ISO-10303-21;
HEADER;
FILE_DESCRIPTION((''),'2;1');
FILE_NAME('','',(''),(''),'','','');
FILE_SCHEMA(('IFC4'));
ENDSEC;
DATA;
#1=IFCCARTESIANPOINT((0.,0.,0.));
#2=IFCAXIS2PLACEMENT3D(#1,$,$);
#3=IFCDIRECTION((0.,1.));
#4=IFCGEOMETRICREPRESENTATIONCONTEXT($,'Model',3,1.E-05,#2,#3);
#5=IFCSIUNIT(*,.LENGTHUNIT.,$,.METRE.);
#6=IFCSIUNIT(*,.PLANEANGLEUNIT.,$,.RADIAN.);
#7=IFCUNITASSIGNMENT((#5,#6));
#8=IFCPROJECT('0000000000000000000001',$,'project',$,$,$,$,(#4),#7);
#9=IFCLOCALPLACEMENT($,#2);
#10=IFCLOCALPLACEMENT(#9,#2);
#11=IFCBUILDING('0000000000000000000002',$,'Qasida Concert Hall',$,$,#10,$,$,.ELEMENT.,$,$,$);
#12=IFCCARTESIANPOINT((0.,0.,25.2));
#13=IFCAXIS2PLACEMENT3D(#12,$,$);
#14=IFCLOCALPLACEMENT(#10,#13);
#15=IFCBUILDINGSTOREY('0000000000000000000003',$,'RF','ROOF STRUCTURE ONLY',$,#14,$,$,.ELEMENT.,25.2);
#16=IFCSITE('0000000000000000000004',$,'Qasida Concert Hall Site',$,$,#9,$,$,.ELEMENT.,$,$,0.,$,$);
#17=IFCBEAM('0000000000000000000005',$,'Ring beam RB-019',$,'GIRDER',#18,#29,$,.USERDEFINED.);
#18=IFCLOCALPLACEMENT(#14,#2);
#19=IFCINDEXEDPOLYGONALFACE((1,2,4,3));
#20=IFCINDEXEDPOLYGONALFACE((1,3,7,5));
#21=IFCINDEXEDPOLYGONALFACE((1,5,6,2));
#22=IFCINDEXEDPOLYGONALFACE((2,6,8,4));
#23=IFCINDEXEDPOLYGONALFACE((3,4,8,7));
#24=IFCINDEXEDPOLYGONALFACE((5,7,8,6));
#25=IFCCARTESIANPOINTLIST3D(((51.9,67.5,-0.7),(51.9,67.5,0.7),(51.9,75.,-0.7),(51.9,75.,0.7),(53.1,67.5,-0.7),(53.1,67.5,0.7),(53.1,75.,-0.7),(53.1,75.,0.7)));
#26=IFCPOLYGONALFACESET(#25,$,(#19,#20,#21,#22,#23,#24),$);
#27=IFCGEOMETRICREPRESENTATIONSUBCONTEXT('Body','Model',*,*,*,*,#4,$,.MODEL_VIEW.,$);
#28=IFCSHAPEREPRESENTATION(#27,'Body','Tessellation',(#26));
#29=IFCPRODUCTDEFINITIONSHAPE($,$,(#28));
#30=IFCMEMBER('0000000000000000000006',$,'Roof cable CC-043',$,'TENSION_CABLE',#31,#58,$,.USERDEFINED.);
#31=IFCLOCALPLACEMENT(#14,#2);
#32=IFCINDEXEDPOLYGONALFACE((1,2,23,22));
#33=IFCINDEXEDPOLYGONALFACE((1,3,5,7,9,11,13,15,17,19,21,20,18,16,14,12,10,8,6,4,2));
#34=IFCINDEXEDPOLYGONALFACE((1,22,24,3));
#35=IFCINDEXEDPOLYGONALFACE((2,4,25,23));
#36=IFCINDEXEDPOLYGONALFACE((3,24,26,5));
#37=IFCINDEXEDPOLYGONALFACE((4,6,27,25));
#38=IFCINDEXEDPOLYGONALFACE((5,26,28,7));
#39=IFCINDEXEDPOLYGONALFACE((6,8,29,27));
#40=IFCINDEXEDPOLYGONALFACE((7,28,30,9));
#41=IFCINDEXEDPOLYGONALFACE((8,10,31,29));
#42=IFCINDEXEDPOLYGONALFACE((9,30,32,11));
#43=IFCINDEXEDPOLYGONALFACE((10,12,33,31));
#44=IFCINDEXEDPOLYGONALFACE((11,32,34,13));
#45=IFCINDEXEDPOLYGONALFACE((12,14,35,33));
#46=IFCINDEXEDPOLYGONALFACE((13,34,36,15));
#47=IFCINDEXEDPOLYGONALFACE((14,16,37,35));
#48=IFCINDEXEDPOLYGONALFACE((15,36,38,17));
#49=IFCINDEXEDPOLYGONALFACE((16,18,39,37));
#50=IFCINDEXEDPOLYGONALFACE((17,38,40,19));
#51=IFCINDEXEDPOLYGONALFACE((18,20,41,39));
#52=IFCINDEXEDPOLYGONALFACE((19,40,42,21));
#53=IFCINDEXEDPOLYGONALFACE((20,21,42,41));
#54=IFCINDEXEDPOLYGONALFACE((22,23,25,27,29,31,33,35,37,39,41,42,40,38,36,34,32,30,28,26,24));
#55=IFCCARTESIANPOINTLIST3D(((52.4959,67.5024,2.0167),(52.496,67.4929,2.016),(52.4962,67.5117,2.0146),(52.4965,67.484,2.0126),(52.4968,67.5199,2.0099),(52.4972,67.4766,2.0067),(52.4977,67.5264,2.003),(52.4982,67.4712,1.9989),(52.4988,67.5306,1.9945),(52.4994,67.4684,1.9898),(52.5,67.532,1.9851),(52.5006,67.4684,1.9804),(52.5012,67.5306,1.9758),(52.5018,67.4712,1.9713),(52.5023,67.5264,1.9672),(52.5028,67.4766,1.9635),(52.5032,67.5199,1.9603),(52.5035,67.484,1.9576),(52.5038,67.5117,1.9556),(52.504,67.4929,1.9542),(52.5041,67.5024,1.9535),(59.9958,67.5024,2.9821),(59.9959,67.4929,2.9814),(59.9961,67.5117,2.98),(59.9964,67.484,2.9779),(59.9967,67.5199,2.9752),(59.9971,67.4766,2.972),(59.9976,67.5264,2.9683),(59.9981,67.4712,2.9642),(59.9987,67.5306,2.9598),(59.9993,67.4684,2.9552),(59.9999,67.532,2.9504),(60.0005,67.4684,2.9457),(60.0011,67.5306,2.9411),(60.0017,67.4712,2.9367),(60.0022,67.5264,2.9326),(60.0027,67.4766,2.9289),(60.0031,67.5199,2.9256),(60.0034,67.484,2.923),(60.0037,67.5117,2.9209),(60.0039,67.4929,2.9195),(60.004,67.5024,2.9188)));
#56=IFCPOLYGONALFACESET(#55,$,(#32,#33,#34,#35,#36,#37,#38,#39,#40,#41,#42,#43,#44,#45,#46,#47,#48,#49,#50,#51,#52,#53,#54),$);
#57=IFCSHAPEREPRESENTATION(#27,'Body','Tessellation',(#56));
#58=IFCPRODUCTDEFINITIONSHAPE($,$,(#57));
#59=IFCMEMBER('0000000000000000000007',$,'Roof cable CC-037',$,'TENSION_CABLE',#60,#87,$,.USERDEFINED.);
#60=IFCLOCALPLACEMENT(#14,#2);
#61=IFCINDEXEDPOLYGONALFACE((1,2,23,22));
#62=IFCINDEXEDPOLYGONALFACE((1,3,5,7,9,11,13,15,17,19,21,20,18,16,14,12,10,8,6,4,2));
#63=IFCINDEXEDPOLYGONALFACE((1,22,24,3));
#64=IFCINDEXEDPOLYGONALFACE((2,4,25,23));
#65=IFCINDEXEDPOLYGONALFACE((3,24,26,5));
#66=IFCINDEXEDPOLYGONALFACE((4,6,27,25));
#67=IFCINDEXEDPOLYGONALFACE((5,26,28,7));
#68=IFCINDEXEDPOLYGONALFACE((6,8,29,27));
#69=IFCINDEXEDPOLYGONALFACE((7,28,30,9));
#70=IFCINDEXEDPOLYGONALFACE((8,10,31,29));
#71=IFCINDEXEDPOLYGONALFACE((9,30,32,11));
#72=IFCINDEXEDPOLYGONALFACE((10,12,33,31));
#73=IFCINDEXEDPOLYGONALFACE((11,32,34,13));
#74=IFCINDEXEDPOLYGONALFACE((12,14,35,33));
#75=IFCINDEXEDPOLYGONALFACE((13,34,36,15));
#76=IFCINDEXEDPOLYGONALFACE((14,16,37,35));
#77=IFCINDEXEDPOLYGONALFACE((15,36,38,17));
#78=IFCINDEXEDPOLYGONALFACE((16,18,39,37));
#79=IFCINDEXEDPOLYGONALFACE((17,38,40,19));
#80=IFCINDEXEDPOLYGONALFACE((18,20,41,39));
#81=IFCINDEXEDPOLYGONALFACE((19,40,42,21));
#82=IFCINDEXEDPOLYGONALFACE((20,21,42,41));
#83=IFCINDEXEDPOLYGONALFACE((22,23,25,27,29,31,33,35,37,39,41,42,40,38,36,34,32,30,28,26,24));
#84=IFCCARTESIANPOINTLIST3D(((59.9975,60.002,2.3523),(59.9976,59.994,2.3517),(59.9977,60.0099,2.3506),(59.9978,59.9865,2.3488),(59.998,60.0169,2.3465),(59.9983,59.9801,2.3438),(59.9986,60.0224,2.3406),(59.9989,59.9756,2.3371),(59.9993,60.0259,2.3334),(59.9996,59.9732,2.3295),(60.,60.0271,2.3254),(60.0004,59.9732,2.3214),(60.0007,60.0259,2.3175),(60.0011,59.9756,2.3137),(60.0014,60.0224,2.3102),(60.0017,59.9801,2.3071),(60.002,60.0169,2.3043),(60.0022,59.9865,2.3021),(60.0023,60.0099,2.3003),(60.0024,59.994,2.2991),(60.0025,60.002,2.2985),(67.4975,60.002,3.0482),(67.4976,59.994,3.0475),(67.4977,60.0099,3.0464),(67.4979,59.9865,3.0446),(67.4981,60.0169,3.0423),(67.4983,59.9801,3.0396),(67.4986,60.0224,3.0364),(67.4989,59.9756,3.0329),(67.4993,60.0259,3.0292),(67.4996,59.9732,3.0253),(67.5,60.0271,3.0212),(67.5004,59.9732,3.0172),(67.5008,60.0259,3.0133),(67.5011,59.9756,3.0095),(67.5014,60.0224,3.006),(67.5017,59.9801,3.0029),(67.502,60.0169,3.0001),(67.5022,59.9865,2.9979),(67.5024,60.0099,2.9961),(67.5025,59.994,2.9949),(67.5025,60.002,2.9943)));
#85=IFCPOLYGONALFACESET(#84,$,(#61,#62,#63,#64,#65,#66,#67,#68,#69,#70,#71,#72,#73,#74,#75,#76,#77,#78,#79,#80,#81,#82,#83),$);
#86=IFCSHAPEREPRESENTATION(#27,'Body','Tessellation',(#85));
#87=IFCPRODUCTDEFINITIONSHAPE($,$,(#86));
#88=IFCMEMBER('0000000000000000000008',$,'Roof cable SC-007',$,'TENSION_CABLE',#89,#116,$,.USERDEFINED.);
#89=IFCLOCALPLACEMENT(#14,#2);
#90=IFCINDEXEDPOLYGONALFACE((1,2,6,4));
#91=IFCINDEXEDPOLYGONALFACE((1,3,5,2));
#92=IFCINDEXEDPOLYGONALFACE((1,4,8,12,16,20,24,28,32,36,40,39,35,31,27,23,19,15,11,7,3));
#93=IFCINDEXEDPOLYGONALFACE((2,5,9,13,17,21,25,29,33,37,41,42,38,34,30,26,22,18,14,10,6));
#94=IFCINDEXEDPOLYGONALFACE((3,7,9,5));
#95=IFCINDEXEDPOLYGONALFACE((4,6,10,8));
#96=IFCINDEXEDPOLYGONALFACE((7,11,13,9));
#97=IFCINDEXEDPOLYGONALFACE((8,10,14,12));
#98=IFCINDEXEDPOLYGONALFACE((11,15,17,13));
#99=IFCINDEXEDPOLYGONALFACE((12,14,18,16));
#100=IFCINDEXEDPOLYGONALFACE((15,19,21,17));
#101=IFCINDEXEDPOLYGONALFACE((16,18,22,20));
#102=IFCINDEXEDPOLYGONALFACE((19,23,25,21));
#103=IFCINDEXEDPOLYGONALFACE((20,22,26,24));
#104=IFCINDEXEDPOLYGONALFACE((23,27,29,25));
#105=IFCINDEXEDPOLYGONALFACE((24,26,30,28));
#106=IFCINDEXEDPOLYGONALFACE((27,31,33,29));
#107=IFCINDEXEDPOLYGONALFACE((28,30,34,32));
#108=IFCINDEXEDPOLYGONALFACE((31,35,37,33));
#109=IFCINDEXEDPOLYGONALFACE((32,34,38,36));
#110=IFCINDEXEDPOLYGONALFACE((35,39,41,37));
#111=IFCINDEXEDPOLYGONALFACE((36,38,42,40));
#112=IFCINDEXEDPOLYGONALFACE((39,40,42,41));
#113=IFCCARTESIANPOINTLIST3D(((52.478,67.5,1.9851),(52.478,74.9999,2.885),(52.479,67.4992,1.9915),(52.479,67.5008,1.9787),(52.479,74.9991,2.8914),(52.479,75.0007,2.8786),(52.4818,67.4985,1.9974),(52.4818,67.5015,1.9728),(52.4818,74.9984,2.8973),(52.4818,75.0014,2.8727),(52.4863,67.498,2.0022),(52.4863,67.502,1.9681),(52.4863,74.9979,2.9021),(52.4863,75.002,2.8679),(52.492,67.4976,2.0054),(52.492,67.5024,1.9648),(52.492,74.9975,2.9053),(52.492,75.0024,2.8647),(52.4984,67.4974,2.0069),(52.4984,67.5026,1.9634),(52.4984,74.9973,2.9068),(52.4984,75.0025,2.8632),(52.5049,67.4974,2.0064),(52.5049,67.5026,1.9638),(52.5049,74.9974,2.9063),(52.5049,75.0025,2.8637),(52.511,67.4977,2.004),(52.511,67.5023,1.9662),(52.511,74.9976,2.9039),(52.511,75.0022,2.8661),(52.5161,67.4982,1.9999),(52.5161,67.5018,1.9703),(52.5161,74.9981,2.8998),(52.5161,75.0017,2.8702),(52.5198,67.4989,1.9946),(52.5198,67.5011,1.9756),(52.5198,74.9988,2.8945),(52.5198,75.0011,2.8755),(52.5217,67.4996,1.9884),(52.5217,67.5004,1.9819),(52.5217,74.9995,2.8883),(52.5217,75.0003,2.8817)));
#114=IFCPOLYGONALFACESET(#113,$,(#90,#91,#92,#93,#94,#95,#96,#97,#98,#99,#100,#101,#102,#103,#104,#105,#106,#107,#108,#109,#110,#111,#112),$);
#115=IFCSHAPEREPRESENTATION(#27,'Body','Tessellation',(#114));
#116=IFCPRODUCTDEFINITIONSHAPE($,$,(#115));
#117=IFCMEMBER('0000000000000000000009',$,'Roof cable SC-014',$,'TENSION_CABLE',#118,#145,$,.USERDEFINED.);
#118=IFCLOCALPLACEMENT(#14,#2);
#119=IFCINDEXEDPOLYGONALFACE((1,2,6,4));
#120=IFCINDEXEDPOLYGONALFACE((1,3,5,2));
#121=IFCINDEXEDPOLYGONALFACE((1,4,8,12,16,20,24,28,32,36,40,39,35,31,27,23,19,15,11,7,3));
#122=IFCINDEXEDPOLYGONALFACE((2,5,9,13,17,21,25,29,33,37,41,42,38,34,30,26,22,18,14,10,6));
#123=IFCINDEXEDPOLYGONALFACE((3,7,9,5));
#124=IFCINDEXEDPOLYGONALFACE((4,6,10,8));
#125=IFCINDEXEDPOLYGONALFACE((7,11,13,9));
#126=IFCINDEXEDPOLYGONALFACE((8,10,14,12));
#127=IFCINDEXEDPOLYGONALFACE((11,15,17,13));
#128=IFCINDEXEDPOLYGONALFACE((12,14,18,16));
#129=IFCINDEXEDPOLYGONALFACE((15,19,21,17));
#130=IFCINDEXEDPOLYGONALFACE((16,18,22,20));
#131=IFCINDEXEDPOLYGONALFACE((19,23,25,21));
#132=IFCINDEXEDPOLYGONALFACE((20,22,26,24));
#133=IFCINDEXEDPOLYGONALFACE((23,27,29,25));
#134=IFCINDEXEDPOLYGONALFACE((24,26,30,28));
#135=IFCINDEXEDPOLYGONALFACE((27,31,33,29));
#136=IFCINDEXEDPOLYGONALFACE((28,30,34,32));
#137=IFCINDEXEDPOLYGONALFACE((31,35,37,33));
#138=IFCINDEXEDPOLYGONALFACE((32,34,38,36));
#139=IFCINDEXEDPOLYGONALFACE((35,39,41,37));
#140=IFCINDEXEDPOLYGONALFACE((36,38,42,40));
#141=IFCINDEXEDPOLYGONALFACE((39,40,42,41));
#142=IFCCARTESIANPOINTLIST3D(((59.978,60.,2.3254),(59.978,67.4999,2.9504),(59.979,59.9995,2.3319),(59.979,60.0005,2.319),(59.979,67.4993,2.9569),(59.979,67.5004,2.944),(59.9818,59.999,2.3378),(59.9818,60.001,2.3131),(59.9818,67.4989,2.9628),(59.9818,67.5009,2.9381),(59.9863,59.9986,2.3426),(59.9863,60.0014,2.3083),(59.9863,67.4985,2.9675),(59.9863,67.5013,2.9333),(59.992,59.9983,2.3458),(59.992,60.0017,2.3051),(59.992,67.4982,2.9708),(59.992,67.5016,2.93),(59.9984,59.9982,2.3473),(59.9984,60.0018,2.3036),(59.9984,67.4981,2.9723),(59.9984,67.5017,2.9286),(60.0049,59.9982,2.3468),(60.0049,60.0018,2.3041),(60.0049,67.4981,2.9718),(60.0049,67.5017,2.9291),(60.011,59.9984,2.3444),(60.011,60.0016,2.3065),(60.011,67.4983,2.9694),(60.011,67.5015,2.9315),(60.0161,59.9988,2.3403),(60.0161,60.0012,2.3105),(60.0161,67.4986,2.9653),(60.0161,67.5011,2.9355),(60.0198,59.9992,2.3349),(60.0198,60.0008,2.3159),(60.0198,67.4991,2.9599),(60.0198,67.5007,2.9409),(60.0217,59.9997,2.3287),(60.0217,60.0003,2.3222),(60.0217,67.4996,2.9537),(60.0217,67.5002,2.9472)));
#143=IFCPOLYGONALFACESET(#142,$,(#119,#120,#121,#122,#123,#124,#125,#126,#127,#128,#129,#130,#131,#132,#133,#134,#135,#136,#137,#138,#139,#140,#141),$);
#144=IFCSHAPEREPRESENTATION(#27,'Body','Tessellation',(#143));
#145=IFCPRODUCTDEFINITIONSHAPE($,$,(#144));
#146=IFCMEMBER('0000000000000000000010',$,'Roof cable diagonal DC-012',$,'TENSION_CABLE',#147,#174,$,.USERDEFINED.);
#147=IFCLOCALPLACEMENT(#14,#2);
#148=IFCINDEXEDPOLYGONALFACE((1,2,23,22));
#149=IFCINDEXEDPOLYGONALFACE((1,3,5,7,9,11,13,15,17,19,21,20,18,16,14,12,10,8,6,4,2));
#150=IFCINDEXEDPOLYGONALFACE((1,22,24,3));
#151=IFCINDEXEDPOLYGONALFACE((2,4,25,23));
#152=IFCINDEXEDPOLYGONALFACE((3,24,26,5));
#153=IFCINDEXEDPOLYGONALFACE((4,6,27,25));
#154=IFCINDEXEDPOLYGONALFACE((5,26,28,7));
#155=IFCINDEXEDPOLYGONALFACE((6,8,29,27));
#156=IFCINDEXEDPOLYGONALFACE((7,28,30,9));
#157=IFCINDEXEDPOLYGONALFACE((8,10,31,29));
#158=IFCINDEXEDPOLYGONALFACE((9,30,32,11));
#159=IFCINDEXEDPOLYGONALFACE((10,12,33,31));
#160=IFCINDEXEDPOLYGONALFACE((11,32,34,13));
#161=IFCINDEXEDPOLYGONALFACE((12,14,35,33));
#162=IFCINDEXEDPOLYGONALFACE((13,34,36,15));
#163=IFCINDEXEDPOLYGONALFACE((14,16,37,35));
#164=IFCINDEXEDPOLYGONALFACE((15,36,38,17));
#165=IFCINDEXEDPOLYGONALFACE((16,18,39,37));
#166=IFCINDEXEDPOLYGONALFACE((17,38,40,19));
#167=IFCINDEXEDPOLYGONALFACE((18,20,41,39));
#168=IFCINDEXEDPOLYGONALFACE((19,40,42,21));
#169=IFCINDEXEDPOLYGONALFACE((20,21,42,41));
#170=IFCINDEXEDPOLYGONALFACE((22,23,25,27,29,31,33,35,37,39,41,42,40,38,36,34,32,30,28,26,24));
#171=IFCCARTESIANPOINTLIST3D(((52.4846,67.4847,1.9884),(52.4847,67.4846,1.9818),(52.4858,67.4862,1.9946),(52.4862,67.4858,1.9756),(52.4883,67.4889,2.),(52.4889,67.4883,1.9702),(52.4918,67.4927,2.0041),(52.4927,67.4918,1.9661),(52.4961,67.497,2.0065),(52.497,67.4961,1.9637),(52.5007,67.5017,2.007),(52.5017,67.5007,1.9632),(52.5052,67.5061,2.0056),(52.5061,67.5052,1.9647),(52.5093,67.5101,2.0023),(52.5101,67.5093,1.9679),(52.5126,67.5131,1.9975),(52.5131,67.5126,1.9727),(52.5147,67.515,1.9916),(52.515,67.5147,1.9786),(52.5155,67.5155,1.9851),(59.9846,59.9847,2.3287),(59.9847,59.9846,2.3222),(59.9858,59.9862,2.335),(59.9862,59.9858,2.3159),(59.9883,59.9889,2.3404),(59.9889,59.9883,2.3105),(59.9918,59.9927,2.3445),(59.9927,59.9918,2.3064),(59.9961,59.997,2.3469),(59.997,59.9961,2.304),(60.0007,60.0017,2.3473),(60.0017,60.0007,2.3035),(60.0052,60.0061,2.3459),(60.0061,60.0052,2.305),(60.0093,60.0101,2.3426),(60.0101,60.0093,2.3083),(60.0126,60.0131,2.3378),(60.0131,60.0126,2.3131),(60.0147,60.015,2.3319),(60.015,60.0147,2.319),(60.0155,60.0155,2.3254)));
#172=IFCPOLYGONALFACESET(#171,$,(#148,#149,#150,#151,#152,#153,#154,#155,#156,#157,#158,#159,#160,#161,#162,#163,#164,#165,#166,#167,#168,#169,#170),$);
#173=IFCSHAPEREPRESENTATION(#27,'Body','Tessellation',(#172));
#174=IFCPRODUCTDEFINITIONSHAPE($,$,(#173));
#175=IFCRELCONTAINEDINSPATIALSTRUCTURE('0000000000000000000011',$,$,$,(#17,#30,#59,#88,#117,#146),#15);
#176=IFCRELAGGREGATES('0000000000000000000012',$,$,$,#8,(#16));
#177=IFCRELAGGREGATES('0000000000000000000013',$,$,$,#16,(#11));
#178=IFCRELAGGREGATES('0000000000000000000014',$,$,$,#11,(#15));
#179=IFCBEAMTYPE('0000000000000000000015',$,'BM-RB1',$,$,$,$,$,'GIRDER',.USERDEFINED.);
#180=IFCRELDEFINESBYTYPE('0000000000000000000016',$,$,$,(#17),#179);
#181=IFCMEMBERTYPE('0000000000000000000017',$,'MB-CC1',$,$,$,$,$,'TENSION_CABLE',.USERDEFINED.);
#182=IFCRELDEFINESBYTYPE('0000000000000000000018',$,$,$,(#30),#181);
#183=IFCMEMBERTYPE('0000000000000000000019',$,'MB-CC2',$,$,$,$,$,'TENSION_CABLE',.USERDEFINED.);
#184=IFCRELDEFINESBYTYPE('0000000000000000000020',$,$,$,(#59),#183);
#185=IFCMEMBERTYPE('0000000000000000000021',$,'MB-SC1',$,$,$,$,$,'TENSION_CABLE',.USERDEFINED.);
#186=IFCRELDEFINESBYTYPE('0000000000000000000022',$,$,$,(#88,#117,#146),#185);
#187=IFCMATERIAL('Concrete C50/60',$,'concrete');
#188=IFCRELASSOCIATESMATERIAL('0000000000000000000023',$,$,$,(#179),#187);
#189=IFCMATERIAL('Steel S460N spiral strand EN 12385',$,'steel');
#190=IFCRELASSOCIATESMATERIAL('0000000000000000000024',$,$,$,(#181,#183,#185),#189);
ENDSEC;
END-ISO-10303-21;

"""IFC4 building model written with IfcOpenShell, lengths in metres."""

from ifc_helpers import new_model, si_unit, direction, frame, origin, origin_2d, place, context, subcontext, project, spatial, rectangle, circle, extrude, material, material_profile, profile_set, type_object, element, save


model = new_model("IFC4")

# Units and contexts
model_context = context("Model", 3, precision=1e-05, world=origin(), true_north=direction((0.0, 1.0)))
body_context = subcontext(model_context, "Body", "Model", "MODEL_VIEW")
ifc_project = project(units=[si_unit("LENGTHUNIT", "METRE"), si_unit("PLANEANGLEUNIT", "RADIAN")], contexts=[model_context])

# Site, building, storey
site_placement = place(None, origin())
site = spatial("IfcSite", under=ifc_project, at=site_placement, Name="Qasida Concert Hall Site", CompositionType="ELEMENT", RefElevation=0.0)
building_placement = place(site_placement, origin())
building = spatial("IfcBuilding", under=site, at=building_placement, Name="Qasida Concert Hall", CompositionType="ELEMENT")
storey_placement = place(building_placement, frame((0.0, 0.0, 25.2)))
storey = spatial("IfcBuildingStorey", under=building, at=storey_placement, Name="RF", Description="ROOF STRUCTURE ONLY", CompositionType="ELEMENT", Elevation=25.2)

# Beam
ifc_material_1 = material(Name="Concrete C50/60", Category="concrete")
ifc_material_profile_1 = material_profile(ifc_material_1, rectangle(XDim=1.2, YDim=1.3999, at=origin_2d()), Name="RC 1200x1400")
ifc_profile_set_1 = profile_set([ifc_material_profile_1], Name="Concrete C50/60")
beam_type = type_object("IfcBeamType", Name="BM-RB1", ElementType="GIRDER", PredefinedType="USERDEFINED", material=ifc_profile_set_1)
beam_placement = place(storey_placement, frame((52.5, 67.5, 0.0), z_axis=(0.0, 1.0, 0.0), x_axis=(-1.0, 0.0, 0.0)))
element("IfcBeam", 1, at=beam_placement, inside=storey, type_object=beam_type, Name="Ring beam RB-019", ObjectType="GIRDER", PredefinedType="USERDEFINED", context=body_context, shape_type="SweptSolid", body=[
    extrude(rectangle(XDim=1.2, YDim=1.3999, at=origin_2d()), origin(), (0.0, 0.0, 1.0), 7.5),
])

# Members
ifc_material_2 = material(Name="Steel S460N spiral strand EN 12385", Category="steel")
ifc_material_profile_2 = material_profile(ifc_material_2, circle(Radius=0.032, at=origin_2d()), Name="STRAND D64")
ifc_profile_set_2 = profile_set([ifc_material_profile_2], Name="Steel S460N spiral strand EN 12385")
member_type_1 = type_object("IfcMemberType", Name="MB-CC1", ElementType="TENSION_CABLE", PredefinedType="USERDEFINED", material=ifc_profile_set_2)
member_1_placement = place(storey_placement, frame((52.5, 67.5, 1.9851), z_axis=(0.991818, 0.0, 0.127658), x_axis=(0.0, 1.0, 0.0)))
element("IfcMember", 2, at=member_1_placement, inside=storey, type_object=member_type_1, Name="Roof cable CC-043", ObjectType="TENSION_CABLE", PredefinedType="USERDEFINED", context=body_context, shape_type="SweptSolid", body=[
    extrude(circle(Radius=0.032, at=origin_2d()), origin(), (0.0, 0.0, 1.0), 7.5618),
])
ifc_material_profile_3 = material_profile(ifc_material_2, circle(Radius=0.0271, at=origin_2d()), Name="STRAND D54")
ifc_profile_set_3 = profile_set([ifc_material_profile_3], Name="Steel S460N spiral strand EN 12385")
member_type_2 = type_object("IfcMemberType", Name="MB-CC2", ElementType="TENSION_CABLE", PredefinedType="USERDEFINED", material=ifc_profile_set_3)
member_2_placement = place(storey_placement, frame((60.0, 60.0, 2.3254), z_axis=(0.995724, 0.0, 0.092377), x_axis=(0.0, 1.0, 0.0)))
element("IfcMember", 3, at=member_2_placement, inside=storey, type_object=member_type_2, Name="Roof cable CC-037", ObjectType="TENSION_CABLE", PredefinedType="USERDEFINED", context=body_context, shape_type="SweptSolid", body=[
    extrude(circle(Radius=0.0271, at=origin_2d()), origin(), (0.0, 0.0, 1.0), 7.5322),
])
ifc_material_profile_4 = material_profile(ifc_material_2, circle(Radius=0.022, at=origin_2d()), Name="STRAND D44")
ifc_profile_set_4 = profile_set([ifc_material_profile_4], Name="Steel S460N spiral strand EN 12385")
member_type_3 = type_object("IfcMemberType", Name="MB-SC1", ElementType="TENSION_CABLE", PredefinedType="USERDEFINED", material=ifc_profile_set_4)
member_3_placement = place(storey_placement, frame((52.5, 67.5, 1.9851), z_axis=(0.0, 0.992878, 0.119132), x_axis=(-1.0, 0.0, 0.0)))
element("IfcMember", 4, at=member_3_placement, inside=storey, type_object=member_type_3, Name="Roof cable SC-007", ObjectType="TENSION_CABLE", PredefinedType="USERDEFINED", context=body_context, shape_type="SweptSolid", body=[
    extrude(circle(Radius=0.022, at=origin_2d()), origin(), (0.0, 0.0, 1.0), 7.5537),
])
member_4_placement = place(storey_placement, frame((60.0, 60.0, 2.3254), z_axis=(0.0, 0.996546, 0.083045), x_axis=(-1.0, 0.0, 0.0)))
element("IfcMember", 5, at=member_4_placement, inside=storey, type_object=member_type_3, Name="Roof cable SC-014", ObjectType="TENSION_CABLE", PredefinedType="USERDEFINED", context=body_context, shape_type="SweptSolid", body=[
    extrude(circle(Radius=0.022, at=origin_2d()), origin(), (0.0, 0.0, 1.0), 7.5259),
])
member_5_placement = place(storey_placement, frame((52.5, 67.5, 1.9851), z_axis=(0.706743, -0.706743, 0.03207), x_axis=(0.707107, 0.707107, 0.0)))
element("IfcMember", 6, at=member_5_placement, inside=storey, type_object=member_type_3, Name="Roof cable diagonal DC-012", ObjectType="TENSION_CABLE", PredefinedType="USERDEFINED", context=body_context, shape_type="SweptSolid", body=[
    extrude(circle(Radius=0.022, at=origin_2d()), origin(), (0.0, 0.0, 1.0), 10.6121),
])

save(model, "model.ifc")
